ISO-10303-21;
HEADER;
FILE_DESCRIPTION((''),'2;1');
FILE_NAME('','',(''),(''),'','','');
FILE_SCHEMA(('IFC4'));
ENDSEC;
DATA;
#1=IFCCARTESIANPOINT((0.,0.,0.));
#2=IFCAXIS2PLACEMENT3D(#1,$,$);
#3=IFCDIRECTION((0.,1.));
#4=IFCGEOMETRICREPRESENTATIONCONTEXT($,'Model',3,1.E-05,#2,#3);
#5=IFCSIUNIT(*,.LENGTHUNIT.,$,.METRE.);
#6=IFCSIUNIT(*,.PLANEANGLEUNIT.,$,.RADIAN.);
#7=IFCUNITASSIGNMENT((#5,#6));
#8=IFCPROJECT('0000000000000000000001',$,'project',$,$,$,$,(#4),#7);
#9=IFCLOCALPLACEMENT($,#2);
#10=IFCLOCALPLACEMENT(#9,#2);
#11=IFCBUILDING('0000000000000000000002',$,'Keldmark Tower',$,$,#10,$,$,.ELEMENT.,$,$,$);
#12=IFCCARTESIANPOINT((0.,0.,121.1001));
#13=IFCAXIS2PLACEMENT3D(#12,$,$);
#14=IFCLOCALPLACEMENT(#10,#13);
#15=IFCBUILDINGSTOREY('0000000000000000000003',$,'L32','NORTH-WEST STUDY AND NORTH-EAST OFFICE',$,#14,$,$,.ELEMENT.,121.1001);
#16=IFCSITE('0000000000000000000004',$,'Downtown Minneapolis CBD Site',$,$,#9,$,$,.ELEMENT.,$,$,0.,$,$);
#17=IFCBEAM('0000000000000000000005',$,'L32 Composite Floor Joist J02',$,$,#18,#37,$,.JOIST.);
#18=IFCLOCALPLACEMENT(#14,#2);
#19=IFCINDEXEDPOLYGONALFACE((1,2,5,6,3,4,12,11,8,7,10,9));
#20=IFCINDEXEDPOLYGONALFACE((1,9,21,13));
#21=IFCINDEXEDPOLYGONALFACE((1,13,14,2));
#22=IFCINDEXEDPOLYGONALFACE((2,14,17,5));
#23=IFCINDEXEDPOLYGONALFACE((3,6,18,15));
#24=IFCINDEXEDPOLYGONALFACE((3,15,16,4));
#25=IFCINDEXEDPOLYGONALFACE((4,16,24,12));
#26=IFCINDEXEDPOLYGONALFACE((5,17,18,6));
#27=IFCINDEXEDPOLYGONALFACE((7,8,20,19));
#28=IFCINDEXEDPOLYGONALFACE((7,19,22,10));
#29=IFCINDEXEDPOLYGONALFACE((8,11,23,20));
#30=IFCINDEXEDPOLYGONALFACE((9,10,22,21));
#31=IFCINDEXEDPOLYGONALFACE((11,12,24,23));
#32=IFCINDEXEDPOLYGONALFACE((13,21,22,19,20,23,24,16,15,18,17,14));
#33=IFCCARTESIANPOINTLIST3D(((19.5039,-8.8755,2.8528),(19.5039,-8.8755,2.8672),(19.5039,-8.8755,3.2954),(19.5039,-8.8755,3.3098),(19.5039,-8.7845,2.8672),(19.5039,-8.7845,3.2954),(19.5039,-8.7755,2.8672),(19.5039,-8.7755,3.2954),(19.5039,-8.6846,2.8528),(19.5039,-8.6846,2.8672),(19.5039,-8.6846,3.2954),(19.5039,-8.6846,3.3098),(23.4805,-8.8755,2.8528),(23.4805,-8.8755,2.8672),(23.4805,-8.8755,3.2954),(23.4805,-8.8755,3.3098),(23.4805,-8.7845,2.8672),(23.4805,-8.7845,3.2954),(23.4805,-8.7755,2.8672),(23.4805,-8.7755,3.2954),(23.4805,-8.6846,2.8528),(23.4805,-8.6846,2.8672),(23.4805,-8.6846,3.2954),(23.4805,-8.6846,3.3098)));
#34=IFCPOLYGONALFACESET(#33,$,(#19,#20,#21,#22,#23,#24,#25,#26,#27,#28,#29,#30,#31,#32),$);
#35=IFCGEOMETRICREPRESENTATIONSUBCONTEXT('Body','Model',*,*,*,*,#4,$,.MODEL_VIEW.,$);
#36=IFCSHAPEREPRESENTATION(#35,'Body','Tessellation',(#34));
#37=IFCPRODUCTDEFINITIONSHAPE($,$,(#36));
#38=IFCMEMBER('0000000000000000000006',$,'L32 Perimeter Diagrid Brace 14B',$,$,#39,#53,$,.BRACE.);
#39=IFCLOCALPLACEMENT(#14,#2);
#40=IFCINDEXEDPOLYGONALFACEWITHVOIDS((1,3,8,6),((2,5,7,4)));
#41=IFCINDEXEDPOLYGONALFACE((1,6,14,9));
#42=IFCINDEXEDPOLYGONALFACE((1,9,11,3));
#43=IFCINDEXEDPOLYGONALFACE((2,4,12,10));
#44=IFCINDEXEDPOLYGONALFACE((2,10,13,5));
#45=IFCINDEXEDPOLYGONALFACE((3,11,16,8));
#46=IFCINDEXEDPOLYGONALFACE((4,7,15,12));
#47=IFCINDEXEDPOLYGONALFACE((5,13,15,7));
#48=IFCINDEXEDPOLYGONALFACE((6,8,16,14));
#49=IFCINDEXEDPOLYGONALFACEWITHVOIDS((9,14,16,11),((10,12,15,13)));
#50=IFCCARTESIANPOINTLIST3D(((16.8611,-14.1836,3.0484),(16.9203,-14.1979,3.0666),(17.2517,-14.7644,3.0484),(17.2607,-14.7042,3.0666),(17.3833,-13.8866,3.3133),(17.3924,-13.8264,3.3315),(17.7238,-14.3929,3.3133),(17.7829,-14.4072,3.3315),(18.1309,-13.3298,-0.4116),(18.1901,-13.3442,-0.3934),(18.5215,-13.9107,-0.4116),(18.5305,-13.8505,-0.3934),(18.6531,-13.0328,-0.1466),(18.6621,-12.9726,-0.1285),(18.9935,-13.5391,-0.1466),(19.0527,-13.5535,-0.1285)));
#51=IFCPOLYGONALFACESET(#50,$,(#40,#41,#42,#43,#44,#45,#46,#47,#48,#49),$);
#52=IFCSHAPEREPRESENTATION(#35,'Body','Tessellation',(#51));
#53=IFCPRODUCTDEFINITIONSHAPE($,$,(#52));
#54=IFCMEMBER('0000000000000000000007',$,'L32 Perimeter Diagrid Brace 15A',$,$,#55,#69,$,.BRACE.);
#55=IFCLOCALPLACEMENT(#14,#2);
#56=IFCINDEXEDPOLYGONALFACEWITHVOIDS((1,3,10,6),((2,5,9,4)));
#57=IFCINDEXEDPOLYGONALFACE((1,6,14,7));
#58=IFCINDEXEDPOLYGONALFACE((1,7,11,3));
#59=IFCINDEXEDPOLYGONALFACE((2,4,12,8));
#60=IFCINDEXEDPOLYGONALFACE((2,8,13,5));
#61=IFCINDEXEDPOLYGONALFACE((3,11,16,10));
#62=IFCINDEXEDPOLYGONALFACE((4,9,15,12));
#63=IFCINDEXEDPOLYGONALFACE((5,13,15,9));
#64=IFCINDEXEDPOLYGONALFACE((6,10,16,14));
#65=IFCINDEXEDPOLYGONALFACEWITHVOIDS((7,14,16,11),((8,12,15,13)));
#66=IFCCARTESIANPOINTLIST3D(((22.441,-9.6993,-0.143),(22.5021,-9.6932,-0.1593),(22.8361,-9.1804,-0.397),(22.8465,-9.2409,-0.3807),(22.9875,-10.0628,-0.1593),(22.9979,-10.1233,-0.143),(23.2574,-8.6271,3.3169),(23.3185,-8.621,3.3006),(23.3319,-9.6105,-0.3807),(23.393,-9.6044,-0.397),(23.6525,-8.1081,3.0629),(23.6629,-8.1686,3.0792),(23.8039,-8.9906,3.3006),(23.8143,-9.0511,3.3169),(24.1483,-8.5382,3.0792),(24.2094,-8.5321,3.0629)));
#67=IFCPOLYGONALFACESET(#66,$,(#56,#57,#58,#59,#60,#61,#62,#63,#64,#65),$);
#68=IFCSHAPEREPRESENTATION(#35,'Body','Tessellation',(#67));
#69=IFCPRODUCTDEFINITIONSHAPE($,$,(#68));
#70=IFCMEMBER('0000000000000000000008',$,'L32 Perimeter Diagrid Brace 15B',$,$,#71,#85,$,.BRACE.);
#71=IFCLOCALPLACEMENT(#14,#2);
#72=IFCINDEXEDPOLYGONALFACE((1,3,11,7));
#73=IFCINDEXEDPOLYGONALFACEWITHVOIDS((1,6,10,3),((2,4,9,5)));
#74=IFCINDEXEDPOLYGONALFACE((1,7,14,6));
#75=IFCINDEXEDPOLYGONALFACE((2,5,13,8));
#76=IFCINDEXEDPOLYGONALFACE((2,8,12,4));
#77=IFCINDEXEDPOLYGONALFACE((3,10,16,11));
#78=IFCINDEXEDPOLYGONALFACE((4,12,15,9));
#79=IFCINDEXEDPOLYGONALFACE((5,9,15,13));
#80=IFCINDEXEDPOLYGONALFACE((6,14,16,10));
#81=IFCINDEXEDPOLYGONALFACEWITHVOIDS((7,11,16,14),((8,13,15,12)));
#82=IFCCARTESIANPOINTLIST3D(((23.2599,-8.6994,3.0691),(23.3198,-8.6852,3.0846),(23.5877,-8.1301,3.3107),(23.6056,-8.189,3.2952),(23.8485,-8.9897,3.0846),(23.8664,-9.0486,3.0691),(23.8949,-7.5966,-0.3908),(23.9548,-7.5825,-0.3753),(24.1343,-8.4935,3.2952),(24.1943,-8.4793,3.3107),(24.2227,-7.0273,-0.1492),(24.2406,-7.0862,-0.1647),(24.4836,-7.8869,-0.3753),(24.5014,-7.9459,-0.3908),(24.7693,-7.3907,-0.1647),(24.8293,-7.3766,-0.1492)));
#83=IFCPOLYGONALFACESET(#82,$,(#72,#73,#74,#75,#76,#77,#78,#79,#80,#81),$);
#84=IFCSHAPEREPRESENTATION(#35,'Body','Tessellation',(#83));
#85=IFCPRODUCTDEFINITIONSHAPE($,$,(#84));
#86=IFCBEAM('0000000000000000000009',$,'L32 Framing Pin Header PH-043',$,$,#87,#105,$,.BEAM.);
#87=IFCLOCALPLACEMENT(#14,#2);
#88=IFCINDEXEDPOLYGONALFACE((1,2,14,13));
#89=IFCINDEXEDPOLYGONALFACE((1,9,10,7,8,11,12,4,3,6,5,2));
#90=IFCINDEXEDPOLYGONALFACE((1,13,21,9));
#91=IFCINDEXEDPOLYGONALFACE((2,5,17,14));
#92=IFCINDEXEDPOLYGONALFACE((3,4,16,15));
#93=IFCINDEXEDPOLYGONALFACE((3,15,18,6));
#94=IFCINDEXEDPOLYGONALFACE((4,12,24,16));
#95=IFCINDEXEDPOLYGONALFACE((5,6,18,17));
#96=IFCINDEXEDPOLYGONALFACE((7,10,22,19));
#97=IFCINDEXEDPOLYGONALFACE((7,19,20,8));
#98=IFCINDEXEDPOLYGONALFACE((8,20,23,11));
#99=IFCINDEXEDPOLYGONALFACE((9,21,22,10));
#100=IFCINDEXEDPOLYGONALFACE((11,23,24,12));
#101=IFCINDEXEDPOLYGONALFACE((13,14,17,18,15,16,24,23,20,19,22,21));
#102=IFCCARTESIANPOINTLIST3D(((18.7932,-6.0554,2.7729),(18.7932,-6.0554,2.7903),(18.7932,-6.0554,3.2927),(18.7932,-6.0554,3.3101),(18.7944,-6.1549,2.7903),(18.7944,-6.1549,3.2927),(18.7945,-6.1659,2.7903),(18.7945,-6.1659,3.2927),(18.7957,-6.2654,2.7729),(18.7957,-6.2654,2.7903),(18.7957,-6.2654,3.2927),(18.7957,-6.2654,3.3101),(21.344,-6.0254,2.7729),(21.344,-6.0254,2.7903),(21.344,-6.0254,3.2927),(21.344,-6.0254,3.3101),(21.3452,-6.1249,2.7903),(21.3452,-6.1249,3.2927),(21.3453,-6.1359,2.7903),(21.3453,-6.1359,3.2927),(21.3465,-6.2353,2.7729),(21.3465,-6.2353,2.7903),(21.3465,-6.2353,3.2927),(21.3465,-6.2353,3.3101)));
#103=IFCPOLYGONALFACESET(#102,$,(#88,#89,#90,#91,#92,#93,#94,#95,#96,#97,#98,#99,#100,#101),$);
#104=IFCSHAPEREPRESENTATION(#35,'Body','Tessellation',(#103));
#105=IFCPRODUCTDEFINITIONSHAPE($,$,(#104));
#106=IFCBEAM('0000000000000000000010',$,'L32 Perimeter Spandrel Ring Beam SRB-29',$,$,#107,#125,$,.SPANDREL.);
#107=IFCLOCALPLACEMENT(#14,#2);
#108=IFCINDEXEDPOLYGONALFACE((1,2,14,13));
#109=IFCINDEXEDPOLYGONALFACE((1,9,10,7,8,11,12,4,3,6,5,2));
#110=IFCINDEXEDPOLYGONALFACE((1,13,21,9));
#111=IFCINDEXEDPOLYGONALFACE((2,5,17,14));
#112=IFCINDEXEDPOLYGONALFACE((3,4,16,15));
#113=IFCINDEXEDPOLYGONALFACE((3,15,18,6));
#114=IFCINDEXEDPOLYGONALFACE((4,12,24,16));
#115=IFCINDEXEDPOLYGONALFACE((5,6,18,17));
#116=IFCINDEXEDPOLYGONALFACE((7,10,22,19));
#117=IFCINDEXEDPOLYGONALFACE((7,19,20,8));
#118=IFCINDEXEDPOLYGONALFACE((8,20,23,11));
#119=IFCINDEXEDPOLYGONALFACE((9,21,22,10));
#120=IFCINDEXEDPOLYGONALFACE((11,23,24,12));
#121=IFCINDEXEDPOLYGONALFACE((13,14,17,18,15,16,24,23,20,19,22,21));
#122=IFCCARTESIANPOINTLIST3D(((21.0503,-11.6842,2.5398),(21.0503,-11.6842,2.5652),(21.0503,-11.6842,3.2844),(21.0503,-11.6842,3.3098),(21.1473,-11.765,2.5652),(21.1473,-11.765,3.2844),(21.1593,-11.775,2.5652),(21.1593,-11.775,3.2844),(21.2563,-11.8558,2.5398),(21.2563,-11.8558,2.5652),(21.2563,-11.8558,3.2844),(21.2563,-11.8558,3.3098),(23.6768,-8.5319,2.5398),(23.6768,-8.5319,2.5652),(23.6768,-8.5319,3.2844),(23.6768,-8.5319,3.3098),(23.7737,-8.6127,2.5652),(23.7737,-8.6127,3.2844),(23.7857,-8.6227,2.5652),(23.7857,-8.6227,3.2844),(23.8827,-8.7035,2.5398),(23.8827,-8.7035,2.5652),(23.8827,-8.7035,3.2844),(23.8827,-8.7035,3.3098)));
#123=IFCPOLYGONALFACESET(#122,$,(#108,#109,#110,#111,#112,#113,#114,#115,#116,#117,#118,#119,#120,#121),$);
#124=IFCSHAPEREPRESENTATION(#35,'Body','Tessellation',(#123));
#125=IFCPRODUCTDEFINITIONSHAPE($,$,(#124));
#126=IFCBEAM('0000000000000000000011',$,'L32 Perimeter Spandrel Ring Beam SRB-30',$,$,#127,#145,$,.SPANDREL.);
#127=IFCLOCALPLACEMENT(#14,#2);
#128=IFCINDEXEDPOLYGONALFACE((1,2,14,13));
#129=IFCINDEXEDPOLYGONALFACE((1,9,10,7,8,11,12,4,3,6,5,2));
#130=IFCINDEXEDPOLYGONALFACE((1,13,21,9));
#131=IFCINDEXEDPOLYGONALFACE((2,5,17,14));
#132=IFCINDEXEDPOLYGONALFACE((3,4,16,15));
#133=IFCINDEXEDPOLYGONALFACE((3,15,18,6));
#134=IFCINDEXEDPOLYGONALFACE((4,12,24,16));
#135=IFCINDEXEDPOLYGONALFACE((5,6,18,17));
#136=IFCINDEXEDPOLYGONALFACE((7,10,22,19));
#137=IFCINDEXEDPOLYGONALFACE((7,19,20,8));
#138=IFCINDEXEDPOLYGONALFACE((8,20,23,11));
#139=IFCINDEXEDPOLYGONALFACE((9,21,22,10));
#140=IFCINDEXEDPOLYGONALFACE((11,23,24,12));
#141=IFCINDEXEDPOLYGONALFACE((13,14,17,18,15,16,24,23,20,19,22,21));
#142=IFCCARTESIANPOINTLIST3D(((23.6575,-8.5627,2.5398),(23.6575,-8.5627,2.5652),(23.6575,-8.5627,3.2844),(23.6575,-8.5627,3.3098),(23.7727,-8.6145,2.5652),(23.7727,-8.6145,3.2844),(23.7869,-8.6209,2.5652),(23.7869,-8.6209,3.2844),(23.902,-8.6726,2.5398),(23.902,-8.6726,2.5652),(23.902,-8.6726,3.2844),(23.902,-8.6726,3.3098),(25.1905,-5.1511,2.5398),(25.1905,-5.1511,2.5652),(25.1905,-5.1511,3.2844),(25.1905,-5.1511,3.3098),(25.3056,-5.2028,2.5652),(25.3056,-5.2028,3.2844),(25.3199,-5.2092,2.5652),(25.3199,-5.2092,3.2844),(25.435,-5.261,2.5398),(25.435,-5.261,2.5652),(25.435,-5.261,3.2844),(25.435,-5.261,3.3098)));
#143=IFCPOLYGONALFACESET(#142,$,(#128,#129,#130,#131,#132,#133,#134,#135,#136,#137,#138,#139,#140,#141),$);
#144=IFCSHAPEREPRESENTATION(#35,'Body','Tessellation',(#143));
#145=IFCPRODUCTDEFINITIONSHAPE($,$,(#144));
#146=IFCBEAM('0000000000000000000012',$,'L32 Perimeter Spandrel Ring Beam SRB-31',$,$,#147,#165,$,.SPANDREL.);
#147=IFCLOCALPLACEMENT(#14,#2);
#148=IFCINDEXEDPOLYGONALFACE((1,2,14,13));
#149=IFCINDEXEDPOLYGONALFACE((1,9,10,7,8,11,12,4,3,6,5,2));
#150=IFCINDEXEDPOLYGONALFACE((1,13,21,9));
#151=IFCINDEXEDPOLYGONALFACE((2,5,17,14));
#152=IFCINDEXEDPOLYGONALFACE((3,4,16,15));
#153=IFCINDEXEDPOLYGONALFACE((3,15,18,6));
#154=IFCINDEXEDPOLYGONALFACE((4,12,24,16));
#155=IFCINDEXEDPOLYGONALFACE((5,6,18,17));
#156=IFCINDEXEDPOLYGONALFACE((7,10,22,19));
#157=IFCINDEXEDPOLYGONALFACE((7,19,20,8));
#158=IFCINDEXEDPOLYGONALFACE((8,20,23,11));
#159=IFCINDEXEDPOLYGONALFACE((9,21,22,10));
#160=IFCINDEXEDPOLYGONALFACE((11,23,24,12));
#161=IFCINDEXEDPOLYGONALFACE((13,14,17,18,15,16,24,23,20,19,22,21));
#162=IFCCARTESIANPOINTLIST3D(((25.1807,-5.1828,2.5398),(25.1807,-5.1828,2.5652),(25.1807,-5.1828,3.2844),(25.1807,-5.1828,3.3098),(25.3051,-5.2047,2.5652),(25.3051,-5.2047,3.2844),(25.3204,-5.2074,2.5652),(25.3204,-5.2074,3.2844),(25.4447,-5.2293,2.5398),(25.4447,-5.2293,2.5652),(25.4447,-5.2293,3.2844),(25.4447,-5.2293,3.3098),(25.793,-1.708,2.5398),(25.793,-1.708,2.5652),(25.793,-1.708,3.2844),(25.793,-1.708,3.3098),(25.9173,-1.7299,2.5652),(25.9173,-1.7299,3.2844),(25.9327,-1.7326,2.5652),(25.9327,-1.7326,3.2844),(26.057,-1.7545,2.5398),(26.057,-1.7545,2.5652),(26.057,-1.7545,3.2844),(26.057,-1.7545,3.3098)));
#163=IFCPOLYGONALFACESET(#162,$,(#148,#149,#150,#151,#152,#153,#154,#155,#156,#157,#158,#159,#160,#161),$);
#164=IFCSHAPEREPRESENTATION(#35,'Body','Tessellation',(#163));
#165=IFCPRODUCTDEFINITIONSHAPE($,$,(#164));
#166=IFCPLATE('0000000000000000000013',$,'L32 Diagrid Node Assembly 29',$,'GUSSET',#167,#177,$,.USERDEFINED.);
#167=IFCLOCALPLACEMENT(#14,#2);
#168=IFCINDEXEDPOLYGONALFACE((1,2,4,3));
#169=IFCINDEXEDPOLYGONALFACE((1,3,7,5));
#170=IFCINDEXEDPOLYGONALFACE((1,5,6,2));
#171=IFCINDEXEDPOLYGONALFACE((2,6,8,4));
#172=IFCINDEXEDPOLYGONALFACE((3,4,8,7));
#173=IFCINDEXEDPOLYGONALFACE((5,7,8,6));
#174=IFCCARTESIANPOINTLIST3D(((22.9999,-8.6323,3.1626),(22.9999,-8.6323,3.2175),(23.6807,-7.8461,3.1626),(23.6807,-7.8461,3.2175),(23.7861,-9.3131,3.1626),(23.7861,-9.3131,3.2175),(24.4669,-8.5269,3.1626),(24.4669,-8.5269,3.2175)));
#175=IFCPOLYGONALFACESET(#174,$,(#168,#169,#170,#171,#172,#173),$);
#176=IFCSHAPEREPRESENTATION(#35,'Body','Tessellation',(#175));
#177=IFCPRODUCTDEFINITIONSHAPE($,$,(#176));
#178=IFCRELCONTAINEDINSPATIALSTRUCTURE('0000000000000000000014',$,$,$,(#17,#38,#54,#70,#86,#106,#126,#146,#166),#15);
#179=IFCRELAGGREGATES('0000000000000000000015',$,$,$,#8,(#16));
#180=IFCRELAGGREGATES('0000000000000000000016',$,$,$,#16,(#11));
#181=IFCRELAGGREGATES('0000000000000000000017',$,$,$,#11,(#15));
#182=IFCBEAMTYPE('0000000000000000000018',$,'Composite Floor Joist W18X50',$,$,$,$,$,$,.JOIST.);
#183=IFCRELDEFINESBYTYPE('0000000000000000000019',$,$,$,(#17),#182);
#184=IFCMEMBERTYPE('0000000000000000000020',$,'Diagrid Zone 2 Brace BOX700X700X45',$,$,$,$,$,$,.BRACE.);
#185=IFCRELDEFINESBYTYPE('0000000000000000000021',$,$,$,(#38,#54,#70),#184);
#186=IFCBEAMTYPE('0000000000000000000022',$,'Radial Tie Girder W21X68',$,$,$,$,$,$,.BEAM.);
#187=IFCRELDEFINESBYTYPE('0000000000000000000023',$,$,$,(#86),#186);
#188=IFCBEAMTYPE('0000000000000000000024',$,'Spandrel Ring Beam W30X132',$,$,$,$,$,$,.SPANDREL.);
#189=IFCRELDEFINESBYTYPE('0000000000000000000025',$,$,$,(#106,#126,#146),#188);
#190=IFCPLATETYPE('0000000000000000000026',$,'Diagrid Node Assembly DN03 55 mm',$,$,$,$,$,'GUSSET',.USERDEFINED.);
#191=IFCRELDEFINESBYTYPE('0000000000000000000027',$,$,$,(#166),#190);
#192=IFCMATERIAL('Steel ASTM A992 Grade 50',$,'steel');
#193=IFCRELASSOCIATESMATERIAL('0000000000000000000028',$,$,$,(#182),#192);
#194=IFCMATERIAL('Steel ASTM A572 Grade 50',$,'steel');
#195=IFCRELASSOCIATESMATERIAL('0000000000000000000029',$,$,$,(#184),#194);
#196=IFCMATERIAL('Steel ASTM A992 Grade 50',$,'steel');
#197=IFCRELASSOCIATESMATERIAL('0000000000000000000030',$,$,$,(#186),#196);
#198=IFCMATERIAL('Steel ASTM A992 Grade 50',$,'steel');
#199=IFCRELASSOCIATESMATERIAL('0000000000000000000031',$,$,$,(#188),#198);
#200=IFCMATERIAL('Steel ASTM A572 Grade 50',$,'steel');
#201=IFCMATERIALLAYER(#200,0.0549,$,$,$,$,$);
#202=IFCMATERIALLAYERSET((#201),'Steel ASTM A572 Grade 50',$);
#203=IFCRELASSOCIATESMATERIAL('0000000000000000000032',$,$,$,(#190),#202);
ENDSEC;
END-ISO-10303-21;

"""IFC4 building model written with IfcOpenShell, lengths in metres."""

from ifc_helpers import new_model, si_unit, direction, frame, origin, origin_2d, place, context, subcontext, project, spatial, rectangle, hollow_rectangle, i_section, extrude, material, layer, layer_set, material_profile, profile_set, type_object, element, save


model = new_model("IFC4")

# Units and contexts
model_context = context("Model", 3, precision=1e-05, world=origin(), true_north=direction((0.0, 1.0)))
body_context = subcontext(model_context, "Body", "Model", "MODEL_VIEW")
ifc_project = project(units=[si_unit("LENGTHUNIT", "METRE"), si_unit("PLANEANGLEUNIT", "RADIAN")], contexts=[model_context])

# Site, building, storey
site_placement = place(None, origin())
site = spatial("IfcSite", under=ifc_project, at=site_placement, Name="Downtown Minneapolis CBD Site", CompositionType="ELEMENT", RefElevation=0.0)
building_placement = place(site_placement, origin())
building = spatial("IfcBuilding", under=site, at=building_placement, Name="Keldmark Tower", CompositionType="ELEMENT")
storey_placement = place(building_placement, frame((0.0, 0.0, 121.1001)))
storey = spatial("IfcBuildingStorey", under=building, at=storey_placement, Name="L32", Description="NORTH-WEST STUDY AND NORTH-EAST OFFICE", CompositionType="ELEMENT", Elevation=121.1001)

# Beam
ifc_material_1 = material(Name="Steel ASTM A992 Grade 50", Category="steel")
ifc_material_profile_1 = material_profile(ifc_material_1, i_section(OverallWidth=0.1909, OverallDepth=0.457, WebThickness=0.009, FlangeThickness=0.0144, at=origin_2d()), Name="W18X50")
ifc_profile_set_1 = profile_set([ifc_material_profile_1], Name="Steel ASTM A992 Grade 50")
beam_type_1 = type_object("IfcBeamType", Name="Composite Floor Joist W18X50", PredefinedType="JOIST", material=ifc_profile_set_1)
beam_1_placement = place(storey_placement, frame((19.5039, -8.78, 3.0813), z_axis=(1.0, 0.0, 0.0), x_axis=(0.0, 1.0, 0.0)))
element("IfcBeam", 1, at=beam_1_placement, inside=storey, type_object=beam_type_1, Name="L32 Composite Floor Joist J02", PredefinedType="JOIST", context=body_context, shape_type="SweptSolid", body=[
    extrude(i_section(OverallWidth=0.1909, OverallDepth=0.457, WebThickness=0.009, FlangeThickness=0.0144, at=origin_2d()), origin(), (0.0, 0.0, 1.0), 3.9766),
])

# Members
ifc_material_2 = material(Name="Steel ASTM A572 Grade 50", Category="steel")
ifc_material_profile_2 = material_profile(ifc_material_2, hollow_rectangle(XDim=0.7, YDim=0.7, WallThickness=0.0449, at=origin_2d()), Name="BOX700X700X45")
ifc_profile_set_2 = profile_set([ifc_material_profile_2], Name="Steel ASTM A572 Grade 50")
member_type = type_object("IfcMemberType", Name="Diagrid Zone 2 Brace BOX700X700X45", PredefinedType="BRACE", material=ifc_profile_set_2)
member_1_placement = place(storey_placement, frame((18.5918, -13.4417, -0.27), z_axis=(-0.335636, -0.225672, 0.914561), x_axis=(0.557973, -0.829859, 0.0)))
element("IfcMember", 2, at=member_1_placement, inside=storey, type_object=member_type, Name="L32 Perimeter Diagrid Brace 14B", PredefinedType="BRACE", context=body_context, shape_type="SweptSolid", body=[
    extrude(hollow_rectangle(XDim=0.7, YDim=0.7, WallThickness=0.0449, at=origin_2d()), origin(), (0.0, 0.0, 1.0), 3.7832),
])
member_2_placement = place(storey_placement, frame((22.917, -9.6519, -0.27), z_axis=(0.219868, 0.288774, 0.931809), x_axis=(-0.795631, 0.605781, 0.0)))
element("IfcMember", 3, at=member_2_placement, inside=storey, type_object=member_type, Name="L32 Perimeter Diagrid Brace 15A", PredefinedType="BRACE", context=body_context, shape_type="SweptSolid", body=[
    extrude(hollow_rectangle(XDim=0.7, YDim=0.7, WallThickness=0.0449, at=origin_2d()), origin(), (0.0, 0.0, 1.0), 3.7131),
])
member_3_placement = place(storey_placement, frame((24.3621, -7.4866, -0.27), z_axis=(-0.17225, -0.299136, 0.938535), x_axis=(0.866597, -0.499008, 0.0)))
element("IfcMember", 4, at=member_3_placement, inside=storey, type_object=member_type, Name="L32 Perimeter Diagrid Brace 15B", PredefinedType="BRACE", context=body_context, shape_type="SweptSolid", body=[
    extrude(hollow_rectangle(XDim=0.7, YDim=0.7, WallThickness=0.0449, at=origin_2d()), origin(), (0.0, 0.0, 1.0), 3.6865),
])

# Beams
ifc_material_3 = material(Name="Steel ASTM A992 Grade 50", Category="steel")
ifc_material_profile_3 = material_profile(ifc_material_3, i_section(OverallWidth=0.21, OverallDepth=0.5371, WebThickness=0.011, FlangeThickness=0.0173, at=origin_2d()), Name="W21X68")
ifc_profile_set_3 = profile_set([ifc_material_profile_3], Name="Steel ASTM A992 Grade 50")
beam_type_2 = type_object("IfcBeamType", Name="Radial Tie Girder W21X68", PredefinedType="BEAM", material=ifc_profile_set_3)
beam_2_placement = place(storey_placement, frame((18.7944, -6.1604, 3.0415), z_axis=(0.999931, 0.011772, 0.0), x_axis=(-0.011772, 0.999931, 0.0)))
element("IfcBeam", 5, at=beam_2_placement, inside=storey, type_object=beam_type_2, Name="L32 Framing Pin Header PH-043", PredefinedType="BEAM", context=body_context, shape_type="SweptSolid", body=[
    extrude(i_section(OverallWidth=0.21, OverallDepth=0.5371, WebThickness=0.011, FlangeThickness=0.0173, at=origin_2d()), origin(), (0.0, 0.0, 1.0), 2.551),
])
ifc_material_4 = material(Name="Steel ASTM A992 Grade 50", Category="steel")
ifc_material_profile_4 = material_profile(ifc_material_4, i_section(OverallWidth=0.2681, OverallDepth=0.77, WebThickness=0.0156, FlangeThickness=0.0254, at=origin_2d()), Name="W30X132")
ifc_profile_set_4 = profile_set([ifc_material_profile_4], Name="Steel ASTM A992 Grade 50")
beam_type_3 = type_object("IfcBeamType", Name="Spandrel Ring Beam W30X132", PredefinedType="SPANDREL", material=ifc_profile_set_4)
beam_3_placement = place(storey_placement, frame((21.1533, -11.77, 2.9248), z_axis=(0.640114, 0.76828, 0.0), x_axis=(-0.76828, 0.640114, 0.0)))
element("IfcBeam", 6, at=beam_3_placement, inside=storey, type_object=beam_type_3, Name="L32 Perimeter Spandrel Ring Beam SRB-29", PredefinedType="SPANDREL", context=body_context, shape_type="SweptSolid", body=[
    extrude(i_section(OverallWidth=0.2681, OverallDepth=0.77, WebThickness=0.0156, FlangeThickness=0.0254, at=origin_2d()), origin(), (0.0, 0.0, 1.0), 4.103),
])
beam_4_placement = place(storey_placement, frame((23.7798, -8.6177, 2.9248), z_axis=(0.40986, 0.912149, 0.0), x_axis=(-0.912149, 0.40986, 0.0)))
element("IfcBeam", 7, at=beam_4_placement, inside=storey, type_object=beam_type_3, Name="L32 Perimeter Spandrel Ring Beam SRB-30", PredefinedType="SPANDREL", context=body_context, shape_type="SweptSolid", body=[
    extrude(i_section(OverallWidth=0.2681, OverallDepth=0.77, WebThickness=0.0156, FlangeThickness=0.0254, at=origin_2d()), origin(), (0.0, 0.0, 1.0), 3.7402),
])
beam_5_placement = place(storey_placement, frame((25.3127, -5.2061, 2.9248), z_axis=(0.173537, 0.984827, 0.0), x_axis=(-0.984827, 0.173537, 0.0)))
element("IfcBeam", 8, at=beam_5_placement, inside=storey, type_object=beam_type_3, Name="L32 Perimeter Spandrel Ring Beam SRB-31", PredefinedType="SPANDREL", context=body_context, shape_type="SweptSolid", body=[
    extrude(i_section(OverallWidth=0.2681, OverallDepth=0.77, WebThickness=0.0156, FlangeThickness=0.0254, at=origin_2d()), origin(), (0.0, 0.0, 1.0), 3.5283),
])

# Plate
ifc_material_5 = material(Name="Steel ASTM A572 Grade 50", Category="steel")
ifc_layer_1 = layer(ifc_material_5, 0.0549)
ifc_layer_set_1 = layer_set([ifc_layer_1], Name="Steel ASTM A572 Grade 50")
plate_type = type_object("IfcPlateType", Name="Diagrid Node Assembly DN03 55 mm", ElementType="GUSSET", PredefinedType="USERDEFINED", material=ifc_layer_set_1)
plate_placement = place(storey_placement, frame((23.7334, -8.5796, 3.1626), z_axis=(0.0, 0.0, 1.0), x_axis=(0.654609, 0.755968, 0.0)))
element("IfcPlate", 9, at=plate_placement, inside=storey, type_object=plate_type, Name="L32 Diagrid Node Assembly 29", ObjectType="GUSSET", PredefinedType="USERDEFINED", context=body_context, shape_type="SweptSolid", body=[
    extrude(rectangle(XDim=1.04, YDim=1.04, at=origin_2d()), origin(), (0.0, 0.0, 1.0), 0.0549),
])

save(model, "model.ifc")
